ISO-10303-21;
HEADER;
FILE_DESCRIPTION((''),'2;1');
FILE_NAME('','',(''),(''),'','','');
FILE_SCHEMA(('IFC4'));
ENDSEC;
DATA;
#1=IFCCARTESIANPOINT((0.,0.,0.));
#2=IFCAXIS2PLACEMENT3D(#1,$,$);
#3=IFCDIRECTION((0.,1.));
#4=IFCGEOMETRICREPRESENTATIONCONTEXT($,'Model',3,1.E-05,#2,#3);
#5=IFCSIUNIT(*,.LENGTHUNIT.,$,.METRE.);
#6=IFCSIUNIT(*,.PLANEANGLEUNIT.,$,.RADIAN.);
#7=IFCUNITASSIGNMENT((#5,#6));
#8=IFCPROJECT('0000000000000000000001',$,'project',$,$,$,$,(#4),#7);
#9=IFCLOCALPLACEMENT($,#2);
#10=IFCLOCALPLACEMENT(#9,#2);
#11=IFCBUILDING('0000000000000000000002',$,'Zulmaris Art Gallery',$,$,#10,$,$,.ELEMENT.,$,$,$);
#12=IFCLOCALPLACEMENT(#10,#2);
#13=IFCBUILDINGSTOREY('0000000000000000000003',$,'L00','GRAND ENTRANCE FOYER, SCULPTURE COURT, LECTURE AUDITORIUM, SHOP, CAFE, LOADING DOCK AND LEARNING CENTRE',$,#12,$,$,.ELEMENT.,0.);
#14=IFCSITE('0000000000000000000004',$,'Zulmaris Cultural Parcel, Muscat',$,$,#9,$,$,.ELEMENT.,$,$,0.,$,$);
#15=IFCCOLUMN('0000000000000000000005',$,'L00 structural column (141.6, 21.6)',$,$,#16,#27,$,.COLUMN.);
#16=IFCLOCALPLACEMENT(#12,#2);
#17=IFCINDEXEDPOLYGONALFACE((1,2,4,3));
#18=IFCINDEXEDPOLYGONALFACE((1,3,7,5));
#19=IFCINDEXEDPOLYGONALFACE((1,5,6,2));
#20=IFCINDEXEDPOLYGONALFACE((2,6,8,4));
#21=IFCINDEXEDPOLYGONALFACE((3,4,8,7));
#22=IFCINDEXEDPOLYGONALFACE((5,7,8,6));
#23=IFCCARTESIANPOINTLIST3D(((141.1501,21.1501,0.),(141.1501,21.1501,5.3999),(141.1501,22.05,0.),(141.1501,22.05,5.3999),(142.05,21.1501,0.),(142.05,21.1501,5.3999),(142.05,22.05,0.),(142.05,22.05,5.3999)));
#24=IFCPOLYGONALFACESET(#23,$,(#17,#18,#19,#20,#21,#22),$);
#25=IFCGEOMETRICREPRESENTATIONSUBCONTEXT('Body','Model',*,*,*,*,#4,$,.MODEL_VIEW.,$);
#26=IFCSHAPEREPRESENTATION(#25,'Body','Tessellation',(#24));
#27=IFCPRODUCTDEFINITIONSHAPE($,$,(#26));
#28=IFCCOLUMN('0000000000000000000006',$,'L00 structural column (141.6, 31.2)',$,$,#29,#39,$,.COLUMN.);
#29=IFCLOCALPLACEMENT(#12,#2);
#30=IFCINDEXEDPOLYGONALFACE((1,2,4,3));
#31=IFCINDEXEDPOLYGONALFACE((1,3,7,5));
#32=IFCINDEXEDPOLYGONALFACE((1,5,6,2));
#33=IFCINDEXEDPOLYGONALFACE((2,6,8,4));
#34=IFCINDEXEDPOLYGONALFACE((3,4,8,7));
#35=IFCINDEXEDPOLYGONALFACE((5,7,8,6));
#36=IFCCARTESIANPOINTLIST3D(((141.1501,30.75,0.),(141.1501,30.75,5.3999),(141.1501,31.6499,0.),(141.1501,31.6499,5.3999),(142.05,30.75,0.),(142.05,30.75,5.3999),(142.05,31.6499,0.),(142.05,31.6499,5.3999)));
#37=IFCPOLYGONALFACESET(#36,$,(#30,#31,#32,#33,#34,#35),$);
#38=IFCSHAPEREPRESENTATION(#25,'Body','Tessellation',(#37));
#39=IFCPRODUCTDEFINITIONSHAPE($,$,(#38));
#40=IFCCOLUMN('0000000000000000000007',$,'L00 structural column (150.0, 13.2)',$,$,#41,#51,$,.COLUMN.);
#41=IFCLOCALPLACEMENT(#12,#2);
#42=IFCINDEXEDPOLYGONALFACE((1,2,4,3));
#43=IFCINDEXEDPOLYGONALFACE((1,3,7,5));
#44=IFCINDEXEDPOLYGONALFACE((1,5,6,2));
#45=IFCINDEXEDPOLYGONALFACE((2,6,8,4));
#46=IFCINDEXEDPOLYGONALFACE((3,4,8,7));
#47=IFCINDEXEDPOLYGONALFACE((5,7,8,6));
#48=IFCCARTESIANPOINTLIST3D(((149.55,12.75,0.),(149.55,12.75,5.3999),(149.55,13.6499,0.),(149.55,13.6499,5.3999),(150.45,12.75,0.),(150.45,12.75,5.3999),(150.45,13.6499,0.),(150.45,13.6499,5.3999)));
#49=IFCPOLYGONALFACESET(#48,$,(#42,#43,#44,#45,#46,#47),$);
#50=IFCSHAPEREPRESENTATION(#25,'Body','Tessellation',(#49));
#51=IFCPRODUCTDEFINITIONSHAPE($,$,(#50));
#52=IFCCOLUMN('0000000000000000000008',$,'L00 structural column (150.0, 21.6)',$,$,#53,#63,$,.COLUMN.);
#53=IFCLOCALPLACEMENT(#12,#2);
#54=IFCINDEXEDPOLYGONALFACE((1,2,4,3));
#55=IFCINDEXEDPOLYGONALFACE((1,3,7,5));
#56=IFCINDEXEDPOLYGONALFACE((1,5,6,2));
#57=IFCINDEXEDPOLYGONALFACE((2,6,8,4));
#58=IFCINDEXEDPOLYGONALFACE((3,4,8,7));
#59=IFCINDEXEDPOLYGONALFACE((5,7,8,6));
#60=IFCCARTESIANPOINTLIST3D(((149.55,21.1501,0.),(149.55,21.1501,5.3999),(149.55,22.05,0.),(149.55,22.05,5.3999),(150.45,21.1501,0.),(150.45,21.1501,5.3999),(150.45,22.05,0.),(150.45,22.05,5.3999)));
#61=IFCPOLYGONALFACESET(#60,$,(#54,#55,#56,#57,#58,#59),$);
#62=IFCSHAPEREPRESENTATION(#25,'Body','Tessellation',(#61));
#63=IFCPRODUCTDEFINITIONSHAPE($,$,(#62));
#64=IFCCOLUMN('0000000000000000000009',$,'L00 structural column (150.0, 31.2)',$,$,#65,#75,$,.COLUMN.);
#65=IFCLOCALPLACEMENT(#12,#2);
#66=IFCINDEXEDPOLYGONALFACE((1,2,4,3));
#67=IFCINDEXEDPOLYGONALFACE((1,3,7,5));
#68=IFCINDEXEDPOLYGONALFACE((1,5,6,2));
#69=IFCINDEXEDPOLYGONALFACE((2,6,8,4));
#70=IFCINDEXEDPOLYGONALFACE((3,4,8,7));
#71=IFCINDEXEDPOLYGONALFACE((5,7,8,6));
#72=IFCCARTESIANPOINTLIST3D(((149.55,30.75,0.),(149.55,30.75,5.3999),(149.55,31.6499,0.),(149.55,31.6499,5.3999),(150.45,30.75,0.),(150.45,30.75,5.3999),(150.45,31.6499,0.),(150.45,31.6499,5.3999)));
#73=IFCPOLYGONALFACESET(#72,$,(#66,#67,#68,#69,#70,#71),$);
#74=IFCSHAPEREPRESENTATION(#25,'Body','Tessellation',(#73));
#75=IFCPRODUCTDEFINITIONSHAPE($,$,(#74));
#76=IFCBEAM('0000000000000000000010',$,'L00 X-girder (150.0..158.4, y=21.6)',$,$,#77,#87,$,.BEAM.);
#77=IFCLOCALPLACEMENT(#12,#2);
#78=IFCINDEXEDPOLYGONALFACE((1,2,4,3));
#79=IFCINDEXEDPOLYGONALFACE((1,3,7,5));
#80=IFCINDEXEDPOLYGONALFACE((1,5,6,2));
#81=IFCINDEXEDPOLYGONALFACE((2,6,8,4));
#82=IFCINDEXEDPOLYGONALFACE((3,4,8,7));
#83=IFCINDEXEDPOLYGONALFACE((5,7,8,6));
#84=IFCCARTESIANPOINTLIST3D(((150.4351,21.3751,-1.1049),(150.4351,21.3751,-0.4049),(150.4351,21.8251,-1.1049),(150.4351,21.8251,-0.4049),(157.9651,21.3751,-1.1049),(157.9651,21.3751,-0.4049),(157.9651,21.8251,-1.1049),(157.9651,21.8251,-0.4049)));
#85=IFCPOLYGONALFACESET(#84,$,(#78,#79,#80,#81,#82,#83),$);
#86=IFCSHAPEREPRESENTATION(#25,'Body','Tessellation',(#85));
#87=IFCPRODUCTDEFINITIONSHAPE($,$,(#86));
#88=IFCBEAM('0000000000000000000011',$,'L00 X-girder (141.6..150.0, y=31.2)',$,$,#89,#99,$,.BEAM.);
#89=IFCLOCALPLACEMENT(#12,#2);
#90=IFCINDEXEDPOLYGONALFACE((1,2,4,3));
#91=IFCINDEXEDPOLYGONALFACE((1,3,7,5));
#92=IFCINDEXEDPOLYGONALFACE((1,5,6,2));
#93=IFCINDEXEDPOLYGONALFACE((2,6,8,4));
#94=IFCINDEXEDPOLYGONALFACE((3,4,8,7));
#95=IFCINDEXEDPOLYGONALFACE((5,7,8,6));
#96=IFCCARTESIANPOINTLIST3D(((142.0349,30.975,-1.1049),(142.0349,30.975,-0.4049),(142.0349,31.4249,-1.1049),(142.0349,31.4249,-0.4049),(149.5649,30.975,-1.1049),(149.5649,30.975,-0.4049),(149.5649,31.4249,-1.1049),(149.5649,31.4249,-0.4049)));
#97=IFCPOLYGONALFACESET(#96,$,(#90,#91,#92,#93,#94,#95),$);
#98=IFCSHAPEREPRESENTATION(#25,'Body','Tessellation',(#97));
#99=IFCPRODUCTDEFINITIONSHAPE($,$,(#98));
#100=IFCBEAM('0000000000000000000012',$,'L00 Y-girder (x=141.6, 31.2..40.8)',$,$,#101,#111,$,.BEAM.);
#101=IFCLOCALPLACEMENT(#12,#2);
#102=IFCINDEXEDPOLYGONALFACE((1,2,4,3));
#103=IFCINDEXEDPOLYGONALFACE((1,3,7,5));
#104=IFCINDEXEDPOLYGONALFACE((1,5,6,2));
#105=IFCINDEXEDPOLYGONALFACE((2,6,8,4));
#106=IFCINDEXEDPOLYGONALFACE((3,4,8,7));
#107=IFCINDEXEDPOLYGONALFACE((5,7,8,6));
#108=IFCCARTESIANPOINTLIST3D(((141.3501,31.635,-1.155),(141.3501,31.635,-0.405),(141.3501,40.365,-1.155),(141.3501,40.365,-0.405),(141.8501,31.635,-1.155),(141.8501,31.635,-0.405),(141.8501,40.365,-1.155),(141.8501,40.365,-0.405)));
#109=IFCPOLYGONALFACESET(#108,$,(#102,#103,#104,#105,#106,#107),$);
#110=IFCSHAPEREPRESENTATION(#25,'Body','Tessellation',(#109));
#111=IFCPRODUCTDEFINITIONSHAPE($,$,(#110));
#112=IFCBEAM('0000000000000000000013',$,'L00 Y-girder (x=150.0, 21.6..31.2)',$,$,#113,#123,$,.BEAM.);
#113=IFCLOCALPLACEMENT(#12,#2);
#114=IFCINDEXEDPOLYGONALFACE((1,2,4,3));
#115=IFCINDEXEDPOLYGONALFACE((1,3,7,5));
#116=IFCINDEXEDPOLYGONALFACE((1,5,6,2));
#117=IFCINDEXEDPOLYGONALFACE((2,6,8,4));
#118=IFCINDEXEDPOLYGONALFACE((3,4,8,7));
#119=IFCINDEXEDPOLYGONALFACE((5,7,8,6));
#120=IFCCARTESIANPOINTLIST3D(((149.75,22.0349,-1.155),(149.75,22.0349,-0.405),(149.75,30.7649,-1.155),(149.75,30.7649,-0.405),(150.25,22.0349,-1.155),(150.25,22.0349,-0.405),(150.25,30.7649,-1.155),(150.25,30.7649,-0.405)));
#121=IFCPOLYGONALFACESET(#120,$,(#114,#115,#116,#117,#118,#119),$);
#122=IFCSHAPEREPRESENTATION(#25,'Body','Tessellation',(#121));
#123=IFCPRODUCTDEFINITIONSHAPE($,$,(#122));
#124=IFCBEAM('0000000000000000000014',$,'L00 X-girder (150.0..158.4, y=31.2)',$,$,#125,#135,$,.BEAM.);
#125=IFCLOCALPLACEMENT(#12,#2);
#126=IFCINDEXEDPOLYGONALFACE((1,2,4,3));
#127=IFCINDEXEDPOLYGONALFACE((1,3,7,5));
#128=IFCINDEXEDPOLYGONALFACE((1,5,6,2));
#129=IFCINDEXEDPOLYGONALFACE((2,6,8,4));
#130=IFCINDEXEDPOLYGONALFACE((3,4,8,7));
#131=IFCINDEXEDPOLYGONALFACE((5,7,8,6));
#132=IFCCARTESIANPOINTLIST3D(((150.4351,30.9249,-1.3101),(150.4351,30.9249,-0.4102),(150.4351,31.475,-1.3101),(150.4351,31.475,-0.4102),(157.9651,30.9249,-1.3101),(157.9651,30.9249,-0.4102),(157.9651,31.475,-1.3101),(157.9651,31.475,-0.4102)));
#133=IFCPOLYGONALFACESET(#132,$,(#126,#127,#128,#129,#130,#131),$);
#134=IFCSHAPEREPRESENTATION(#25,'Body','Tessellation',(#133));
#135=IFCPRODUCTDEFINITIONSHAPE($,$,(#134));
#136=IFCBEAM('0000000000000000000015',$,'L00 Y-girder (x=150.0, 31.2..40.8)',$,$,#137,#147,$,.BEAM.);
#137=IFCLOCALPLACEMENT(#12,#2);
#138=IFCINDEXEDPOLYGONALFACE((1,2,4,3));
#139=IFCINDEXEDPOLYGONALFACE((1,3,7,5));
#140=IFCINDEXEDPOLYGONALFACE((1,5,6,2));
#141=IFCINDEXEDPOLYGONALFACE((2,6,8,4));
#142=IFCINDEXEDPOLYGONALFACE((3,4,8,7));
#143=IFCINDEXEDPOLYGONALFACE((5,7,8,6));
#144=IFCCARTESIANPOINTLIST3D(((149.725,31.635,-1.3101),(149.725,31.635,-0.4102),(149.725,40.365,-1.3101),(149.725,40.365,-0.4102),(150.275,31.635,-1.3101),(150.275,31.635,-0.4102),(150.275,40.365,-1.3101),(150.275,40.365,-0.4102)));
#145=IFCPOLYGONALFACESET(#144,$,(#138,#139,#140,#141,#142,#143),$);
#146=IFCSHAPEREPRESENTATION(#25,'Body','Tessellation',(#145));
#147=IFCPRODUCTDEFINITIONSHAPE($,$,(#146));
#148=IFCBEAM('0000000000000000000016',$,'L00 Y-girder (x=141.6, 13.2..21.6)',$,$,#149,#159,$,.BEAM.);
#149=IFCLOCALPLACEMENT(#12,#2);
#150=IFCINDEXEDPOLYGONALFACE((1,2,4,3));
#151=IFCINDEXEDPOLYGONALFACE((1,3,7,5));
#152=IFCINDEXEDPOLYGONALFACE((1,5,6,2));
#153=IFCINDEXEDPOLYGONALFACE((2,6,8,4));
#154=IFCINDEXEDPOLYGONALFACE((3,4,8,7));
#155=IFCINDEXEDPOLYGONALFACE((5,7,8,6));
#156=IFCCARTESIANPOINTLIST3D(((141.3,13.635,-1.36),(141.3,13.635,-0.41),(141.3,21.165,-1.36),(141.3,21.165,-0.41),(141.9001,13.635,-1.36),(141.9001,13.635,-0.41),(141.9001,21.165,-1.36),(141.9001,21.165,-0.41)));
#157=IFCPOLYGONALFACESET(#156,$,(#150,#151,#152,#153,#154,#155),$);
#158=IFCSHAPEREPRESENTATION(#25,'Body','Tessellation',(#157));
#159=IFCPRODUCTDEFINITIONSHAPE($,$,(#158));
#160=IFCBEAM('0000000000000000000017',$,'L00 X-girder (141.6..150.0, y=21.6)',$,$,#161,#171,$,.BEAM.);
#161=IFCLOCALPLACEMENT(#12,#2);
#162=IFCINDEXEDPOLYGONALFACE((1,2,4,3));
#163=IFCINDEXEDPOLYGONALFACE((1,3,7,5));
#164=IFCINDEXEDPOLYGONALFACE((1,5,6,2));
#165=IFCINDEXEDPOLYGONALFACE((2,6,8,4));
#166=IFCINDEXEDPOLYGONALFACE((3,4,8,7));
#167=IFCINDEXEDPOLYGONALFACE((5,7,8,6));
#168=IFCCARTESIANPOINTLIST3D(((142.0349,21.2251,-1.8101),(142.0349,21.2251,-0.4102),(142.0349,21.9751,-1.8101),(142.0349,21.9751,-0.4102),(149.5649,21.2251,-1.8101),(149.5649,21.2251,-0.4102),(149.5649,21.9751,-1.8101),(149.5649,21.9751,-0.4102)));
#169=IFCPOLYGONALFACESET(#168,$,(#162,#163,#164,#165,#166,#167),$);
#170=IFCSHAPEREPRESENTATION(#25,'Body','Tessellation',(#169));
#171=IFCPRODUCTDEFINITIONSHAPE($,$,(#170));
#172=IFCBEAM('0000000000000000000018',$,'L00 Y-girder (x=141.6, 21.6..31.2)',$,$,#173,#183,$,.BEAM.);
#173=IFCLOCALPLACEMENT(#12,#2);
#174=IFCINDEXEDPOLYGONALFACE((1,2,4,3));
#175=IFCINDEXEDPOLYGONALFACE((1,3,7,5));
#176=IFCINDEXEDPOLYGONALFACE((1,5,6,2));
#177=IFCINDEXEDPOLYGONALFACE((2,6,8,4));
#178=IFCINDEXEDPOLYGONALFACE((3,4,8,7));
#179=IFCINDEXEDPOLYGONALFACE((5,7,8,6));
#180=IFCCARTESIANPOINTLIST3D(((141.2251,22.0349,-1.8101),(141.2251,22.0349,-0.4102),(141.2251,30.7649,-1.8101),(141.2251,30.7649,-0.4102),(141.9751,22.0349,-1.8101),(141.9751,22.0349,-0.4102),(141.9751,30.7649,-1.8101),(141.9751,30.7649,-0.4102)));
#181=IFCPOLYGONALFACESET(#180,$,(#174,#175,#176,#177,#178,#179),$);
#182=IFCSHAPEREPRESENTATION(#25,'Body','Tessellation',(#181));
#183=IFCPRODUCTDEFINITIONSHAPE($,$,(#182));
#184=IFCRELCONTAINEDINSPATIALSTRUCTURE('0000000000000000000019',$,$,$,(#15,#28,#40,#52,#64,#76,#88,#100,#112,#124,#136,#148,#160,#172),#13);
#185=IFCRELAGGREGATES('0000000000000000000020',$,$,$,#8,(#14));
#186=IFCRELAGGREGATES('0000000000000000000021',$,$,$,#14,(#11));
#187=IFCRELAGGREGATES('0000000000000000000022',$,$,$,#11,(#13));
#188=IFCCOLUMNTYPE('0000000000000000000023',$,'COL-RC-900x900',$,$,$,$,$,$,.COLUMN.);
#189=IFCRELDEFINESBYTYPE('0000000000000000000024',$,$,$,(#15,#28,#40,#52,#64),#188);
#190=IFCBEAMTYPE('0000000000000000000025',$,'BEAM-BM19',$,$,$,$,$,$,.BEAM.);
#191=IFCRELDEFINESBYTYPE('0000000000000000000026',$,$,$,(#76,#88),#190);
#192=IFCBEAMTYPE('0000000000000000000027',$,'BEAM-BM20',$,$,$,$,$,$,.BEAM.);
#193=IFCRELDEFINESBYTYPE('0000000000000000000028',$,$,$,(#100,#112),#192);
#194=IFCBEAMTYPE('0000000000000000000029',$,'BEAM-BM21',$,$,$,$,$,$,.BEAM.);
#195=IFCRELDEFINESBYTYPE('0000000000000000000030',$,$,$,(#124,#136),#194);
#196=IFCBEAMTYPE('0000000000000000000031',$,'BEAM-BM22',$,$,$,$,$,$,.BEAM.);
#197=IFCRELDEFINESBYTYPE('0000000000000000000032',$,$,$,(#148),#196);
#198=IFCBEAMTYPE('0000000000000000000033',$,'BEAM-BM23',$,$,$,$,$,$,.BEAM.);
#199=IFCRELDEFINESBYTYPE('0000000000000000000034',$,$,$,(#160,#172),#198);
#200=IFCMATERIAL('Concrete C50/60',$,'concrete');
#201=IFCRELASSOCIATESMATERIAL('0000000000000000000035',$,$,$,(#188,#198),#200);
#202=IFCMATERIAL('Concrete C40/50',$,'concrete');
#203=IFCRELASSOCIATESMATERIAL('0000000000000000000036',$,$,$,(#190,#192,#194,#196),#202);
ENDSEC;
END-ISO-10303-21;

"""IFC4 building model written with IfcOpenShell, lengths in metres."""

from ifc_helpers import new_model, si_unit, direction, frame, origin, origin_2d, place, context, subcontext, project, spatial, rectangle, extrude, material, material_profile, profile_set, type_object, element, save


model = new_model("IFC4")

# Units and contexts
model_context = context("Model", 3, precision=1e-05, world=origin(), true_north=direction((0.0, 1.0)))
body_context = subcontext(model_context, "Body", "Model", "MODEL_VIEW")
ifc_project = project(units=[si_unit("LENGTHUNIT", "METRE"), si_unit("PLANEANGLEUNIT", "RADIAN")], contexts=[model_context])

# Site, building, storey
site_placement = place(None, origin())
site = spatial("IfcSite", under=ifc_project, at=site_placement, Name="Zulmaris Cultural Parcel, Muscat", CompositionType="ELEMENT", RefElevation=0.0)
building_placement = place(site_placement, origin())
building = spatial("IfcBuilding", under=site, at=building_placement, Name="Zulmaris Art Gallery", CompositionType="ELEMENT")
storey_placement = place(building_placement, origin())
storey = spatial("IfcBuildingStorey", under=building, at=storey_placement, Name="L00", Description="GRAND ENTRANCE FOYER, SCULPTURE COURT, LECTURE AUDITORIUM, SHOP, CAFE, LOADING DOCK AND LEARNING CENTRE", CompositionType="ELEMENT", Elevation=0.0)

# Columns
ifc_material_1 = material(Name="Concrete C50/60", Category="concrete")
ifc_material_profile_1 = material_profile(ifc_material_1, rectangle(XDim=0.8999, YDim=0.8999, at=origin_2d()), Name="RC 900x900")
ifc_profile_set_1 = profile_set([ifc_material_profile_1], Name="Concrete C50/60")
column_type = type_object("IfcColumnType", Name="COL-RC-900x900", PredefinedType="COLUMN", material=ifc_profile_set_1)
for number, where, z_axis, x_axis, name in (
    (1, (141.6001, 21.6001, 0.0), (0.0, 0.0, 1.0), (1.0, 0.0, 0.0), "L00 structural column (141.6, 21.6)"),
    (2, (141.6001, 31.2, 0.0), (0.0, 0.0, 1.0), (1.0, 0.0, 0.0), "L00 structural column (141.6, 31.2)"),
    (3, (150.0, 13.2, 0.0), (0.0, 0.0, 1.0), (1.0, 0.0, 0.0), "L00 structural column (150.0, 13.2)"),
    (4, (150.0, 21.6001, 0.0), (0.0, 0.0, 1.0), (1.0, 0.0, 0.0), "L00 structural column (150.0, 21.6)"),
    (5, (150.0, 31.2, 0.0), (0.0, 0.0, 1.0), (1.0, 0.0, 0.0), "L00 structural column (150.0, 31.2)"),
):
    element("IfcColumn", number, at=place(storey_placement, frame(where, z_axis=z_axis, x_axis=x_axis)), inside=storey, type_object=column_type, Name=name, PredefinedType="COLUMN", context=body_context, shape_type="SweptSolid", body=[
        extrude(rectangle(XDim=0.8999, YDim=0.8999, at=origin_2d()), origin(), (0.0, 0.0, 1.0), 5.3999),
    ])

# Beams
ifc_material_2 = material(Name="Concrete C40/50", Category="concrete")
ifc_material_profile_2 = material_profile(ifc_material_2, rectangle(XDim=0.45, YDim=0.7, at=origin_2d()), Name="RC 450x700")
ifc_profile_set_2 = profile_set([ifc_material_profile_2], Name="Concrete C40/50")
beam_type_1 = type_object("IfcBeamType", Name="BEAM-BM19", PredefinedType="BEAM", material=ifc_profile_set_2)
for number, where, z_axis, x_axis, name in (
    (6, (150.4351, 21.6001, -0.7549), (1.0, 0.0, 0.0), (0.0, 1.0, 0.0), "L00 X-girder (150.0..158.4, y=21.6)"),
    (7, (142.0349, 31.2, -0.7549), (1.0, 0.0, 0.0), (0.0, 1.0, 0.0), "L00 X-girder (141.6..150.0, y=31.2)"),
):
    element("IfcBeam", number, at=place(storey_placement, frame(where, z_axis=z_axis, x_axis=x_axis)), inside=storey, type_object=beam_type_1, Name=name, PredefinedType="BEAM", context=body_context, shape_type="SweptSolid", body=[
        extrude(rectangle(XDim=0.45, YDim=0.7, at=origin_2d()), origin(), (0.0, 0.0, 1.0), 7.53),
    ])
ifc_material_profile_3 = material_profile(ifc_material_2, rectangle(XDim=0.5, YDim=0.75, at=origin_2d()), Name="RC 500x750")
ifc_profile_set_3 = profile_set([ifc_material_profile_3], Name="Concrete C40/50")
beam_type_2 = type_object("IfcBeamType", Name="BEAM-BM20", PredefinedType="BEAM", material=ifc_profile_set_3)
for number, where, z_axis, x_axis, name in (
    (8, (141.6001, 31.635, -0.78), (0.0, 1.0, 0.0), (-1.0, 0.0, 0.0), "L00 Y-girder (x=141.6, 31.2..40.8)"),
    (9, (150.0, 22.0349, -0.78), (0.0, 1.0, 0.0), (-1.0, 0.0, 0.0), "L00 Y-girder (x=150.0, 21.6..31.2)"),
):
    element("IfcBeam", number, at=place(storey_placement, frame(where, z_axis=z_axis, x_axis=x_axis)), inside=storey, type_object=beam_type_2, Name=name, PredefinedType="BEAM", context=body_context, shape_type="SweptSolid", body=[
        extrude(rectangle(XDim=0.5, YDim=0.75, at=origin_2d()), origin(), (0.0, 0.0, 1.0), 8.73),
    ])
ifc_material_profile_4 = material_profile(ifc_material_2, rectangle(XDim=0.55, YDim=0.8999, at=origin_2d()), Name="RC 550x900")
ifc_profile_set_4 = profile_set([ifc_material_profile_4], Name="Concrete C40/50")
beam_type_3 = type_object("IfcBeamType", Name="BEAM-BM21", PredefinedType="BEAM", material=ifc_profile_set_4)
beam_1_placement = place(storey_placement, frame((150.4351, 31.2, -0.8601), z_axis=(1.0, 0.0, 0.0), x_axis=(0.0, 1.0, 0.0)))
element("IfcBeam", 10, at=beam_1_placement, inside=storey, type_object=beam_type_3, Name="L00 X-girder (150.0..158.4, y=31.2)", PredefinedType="BEAM", context=body_context, shape_type="SweptSolid", body=[
    extrude(rectangle(XDim=0.55, YDim=0.8999, at=origin_2d()), origin(), (0.0, 0.0, 1.0), 7.53),
])
beam_2_placement = place(storey_placement, frame((150.0, 31.635, -0.8601), z_axis=(0.0, 1.0, 0.0), x_axis=(-1.0, 0.0, 0.0)))
element("IfcBeam", 11, at=beam_2_placement, inside=storey, type_object=beam_type_3, Name="L00 Y-girder (x=150.0, 31.2..40.8)", PredefinedType="BEAM", context=body_context, shape_type="SweptSolid", body=[
    extrude(rectangle(XDim=0.55, YDim=0.8999, at=origin_2d()), origin(), (0.0, 0.0, 1.0), 8.73),
])
ifc_material_profile_5 = material_profile(ifc_material_2, rectangle(XDim=0.6001, YDim=0.95, at=origin_2d()), Name="RC 600x950")
ifc_profile_set_5 = profile_set([ifc_material_profile_5], Name="Concrete C40/50")
beam_type_4 = type_object("IfcBeamType", Name="BEAM-BM22", PredefinedType="BEAM", material=ifc_profile_set_5)
beam_3_placement = place(storey_placement, frame((141.6001, 13.635, -0.885), z_axis=(0.0, 1.0, 0.0), x_axis=(-1.0, 0.0, 0.0)))
element("IfcBeam", 12, at=beam_3_placement, inside=storey, type_object=beam_type_4, Name="L00 Y-girder (x=141.6, 13.2..21.6)", PredefinedType="BEAM", context=body_context, shape_type="SweptSolid", body=[
    extrude(rectangle(XDim=0.6001, YDim=0.95, at=origin_2d()), origin(), (0.0, 0.0, 1.0), 7.53),
])
ifc_material_profile_6 = material_profile(ifc_material_1, rectangle(XDim=0.75, YDim=1.3999, at=origin_2d()), Name="RC 750x1400")
ifc_profile_set_6 = profile_set([ifc_material_profile_6], Name="Concrete C50/60")
beam_type_5 = type_object("IfcBeamType", Name="BEAM-BM23", PredefinedType="BEAM", material=ifc_profile_set_6)
beam_4_placement = place(storey_placement, frame((142.0349, 21.6001, -1.1101), z_axis=(1.0, 0.0, 0.0), x_axis=(0.0, 1.0, 0.0)))
element("IfcBeam", 13, at=beam_4_placement, inside=storey, type_object=beam_type_5, Name="L00 X-girder (141.6..150.0, y=21.6)", PredefinedType="BEAM", context=body_context, shape_type="SweptSolid", body=[
    extrude(rectangle(XDim=0.75, YDim=1.3999, at=origin_2d()), origin(), (0.0, 0.0, 1.0), 7.53),
])
beam_5_placement = place(storey_placement, frame((141.6001, 22.0349, -1.1101), z_axis=(0.0, 1.0, 0.0), x_axis=(-1.0, 0.0, 0.0)))
element("IfcBeam", 14, at=beam_5_placement, inside=storey, type_object=beam_type_5, Name="L00 Y-girder (x=141.6, 21.6..31.2)", PredefinedType="BEAM", context=body_context, shape_type="SweptSolid", body=[
    extrude(rectangle(XDim=0.75, YDim=1.3999, at=origin_2d()), origin(), (0.0, 0.0, 1.0), 8.73),
])

save(model, "model.ifc")
